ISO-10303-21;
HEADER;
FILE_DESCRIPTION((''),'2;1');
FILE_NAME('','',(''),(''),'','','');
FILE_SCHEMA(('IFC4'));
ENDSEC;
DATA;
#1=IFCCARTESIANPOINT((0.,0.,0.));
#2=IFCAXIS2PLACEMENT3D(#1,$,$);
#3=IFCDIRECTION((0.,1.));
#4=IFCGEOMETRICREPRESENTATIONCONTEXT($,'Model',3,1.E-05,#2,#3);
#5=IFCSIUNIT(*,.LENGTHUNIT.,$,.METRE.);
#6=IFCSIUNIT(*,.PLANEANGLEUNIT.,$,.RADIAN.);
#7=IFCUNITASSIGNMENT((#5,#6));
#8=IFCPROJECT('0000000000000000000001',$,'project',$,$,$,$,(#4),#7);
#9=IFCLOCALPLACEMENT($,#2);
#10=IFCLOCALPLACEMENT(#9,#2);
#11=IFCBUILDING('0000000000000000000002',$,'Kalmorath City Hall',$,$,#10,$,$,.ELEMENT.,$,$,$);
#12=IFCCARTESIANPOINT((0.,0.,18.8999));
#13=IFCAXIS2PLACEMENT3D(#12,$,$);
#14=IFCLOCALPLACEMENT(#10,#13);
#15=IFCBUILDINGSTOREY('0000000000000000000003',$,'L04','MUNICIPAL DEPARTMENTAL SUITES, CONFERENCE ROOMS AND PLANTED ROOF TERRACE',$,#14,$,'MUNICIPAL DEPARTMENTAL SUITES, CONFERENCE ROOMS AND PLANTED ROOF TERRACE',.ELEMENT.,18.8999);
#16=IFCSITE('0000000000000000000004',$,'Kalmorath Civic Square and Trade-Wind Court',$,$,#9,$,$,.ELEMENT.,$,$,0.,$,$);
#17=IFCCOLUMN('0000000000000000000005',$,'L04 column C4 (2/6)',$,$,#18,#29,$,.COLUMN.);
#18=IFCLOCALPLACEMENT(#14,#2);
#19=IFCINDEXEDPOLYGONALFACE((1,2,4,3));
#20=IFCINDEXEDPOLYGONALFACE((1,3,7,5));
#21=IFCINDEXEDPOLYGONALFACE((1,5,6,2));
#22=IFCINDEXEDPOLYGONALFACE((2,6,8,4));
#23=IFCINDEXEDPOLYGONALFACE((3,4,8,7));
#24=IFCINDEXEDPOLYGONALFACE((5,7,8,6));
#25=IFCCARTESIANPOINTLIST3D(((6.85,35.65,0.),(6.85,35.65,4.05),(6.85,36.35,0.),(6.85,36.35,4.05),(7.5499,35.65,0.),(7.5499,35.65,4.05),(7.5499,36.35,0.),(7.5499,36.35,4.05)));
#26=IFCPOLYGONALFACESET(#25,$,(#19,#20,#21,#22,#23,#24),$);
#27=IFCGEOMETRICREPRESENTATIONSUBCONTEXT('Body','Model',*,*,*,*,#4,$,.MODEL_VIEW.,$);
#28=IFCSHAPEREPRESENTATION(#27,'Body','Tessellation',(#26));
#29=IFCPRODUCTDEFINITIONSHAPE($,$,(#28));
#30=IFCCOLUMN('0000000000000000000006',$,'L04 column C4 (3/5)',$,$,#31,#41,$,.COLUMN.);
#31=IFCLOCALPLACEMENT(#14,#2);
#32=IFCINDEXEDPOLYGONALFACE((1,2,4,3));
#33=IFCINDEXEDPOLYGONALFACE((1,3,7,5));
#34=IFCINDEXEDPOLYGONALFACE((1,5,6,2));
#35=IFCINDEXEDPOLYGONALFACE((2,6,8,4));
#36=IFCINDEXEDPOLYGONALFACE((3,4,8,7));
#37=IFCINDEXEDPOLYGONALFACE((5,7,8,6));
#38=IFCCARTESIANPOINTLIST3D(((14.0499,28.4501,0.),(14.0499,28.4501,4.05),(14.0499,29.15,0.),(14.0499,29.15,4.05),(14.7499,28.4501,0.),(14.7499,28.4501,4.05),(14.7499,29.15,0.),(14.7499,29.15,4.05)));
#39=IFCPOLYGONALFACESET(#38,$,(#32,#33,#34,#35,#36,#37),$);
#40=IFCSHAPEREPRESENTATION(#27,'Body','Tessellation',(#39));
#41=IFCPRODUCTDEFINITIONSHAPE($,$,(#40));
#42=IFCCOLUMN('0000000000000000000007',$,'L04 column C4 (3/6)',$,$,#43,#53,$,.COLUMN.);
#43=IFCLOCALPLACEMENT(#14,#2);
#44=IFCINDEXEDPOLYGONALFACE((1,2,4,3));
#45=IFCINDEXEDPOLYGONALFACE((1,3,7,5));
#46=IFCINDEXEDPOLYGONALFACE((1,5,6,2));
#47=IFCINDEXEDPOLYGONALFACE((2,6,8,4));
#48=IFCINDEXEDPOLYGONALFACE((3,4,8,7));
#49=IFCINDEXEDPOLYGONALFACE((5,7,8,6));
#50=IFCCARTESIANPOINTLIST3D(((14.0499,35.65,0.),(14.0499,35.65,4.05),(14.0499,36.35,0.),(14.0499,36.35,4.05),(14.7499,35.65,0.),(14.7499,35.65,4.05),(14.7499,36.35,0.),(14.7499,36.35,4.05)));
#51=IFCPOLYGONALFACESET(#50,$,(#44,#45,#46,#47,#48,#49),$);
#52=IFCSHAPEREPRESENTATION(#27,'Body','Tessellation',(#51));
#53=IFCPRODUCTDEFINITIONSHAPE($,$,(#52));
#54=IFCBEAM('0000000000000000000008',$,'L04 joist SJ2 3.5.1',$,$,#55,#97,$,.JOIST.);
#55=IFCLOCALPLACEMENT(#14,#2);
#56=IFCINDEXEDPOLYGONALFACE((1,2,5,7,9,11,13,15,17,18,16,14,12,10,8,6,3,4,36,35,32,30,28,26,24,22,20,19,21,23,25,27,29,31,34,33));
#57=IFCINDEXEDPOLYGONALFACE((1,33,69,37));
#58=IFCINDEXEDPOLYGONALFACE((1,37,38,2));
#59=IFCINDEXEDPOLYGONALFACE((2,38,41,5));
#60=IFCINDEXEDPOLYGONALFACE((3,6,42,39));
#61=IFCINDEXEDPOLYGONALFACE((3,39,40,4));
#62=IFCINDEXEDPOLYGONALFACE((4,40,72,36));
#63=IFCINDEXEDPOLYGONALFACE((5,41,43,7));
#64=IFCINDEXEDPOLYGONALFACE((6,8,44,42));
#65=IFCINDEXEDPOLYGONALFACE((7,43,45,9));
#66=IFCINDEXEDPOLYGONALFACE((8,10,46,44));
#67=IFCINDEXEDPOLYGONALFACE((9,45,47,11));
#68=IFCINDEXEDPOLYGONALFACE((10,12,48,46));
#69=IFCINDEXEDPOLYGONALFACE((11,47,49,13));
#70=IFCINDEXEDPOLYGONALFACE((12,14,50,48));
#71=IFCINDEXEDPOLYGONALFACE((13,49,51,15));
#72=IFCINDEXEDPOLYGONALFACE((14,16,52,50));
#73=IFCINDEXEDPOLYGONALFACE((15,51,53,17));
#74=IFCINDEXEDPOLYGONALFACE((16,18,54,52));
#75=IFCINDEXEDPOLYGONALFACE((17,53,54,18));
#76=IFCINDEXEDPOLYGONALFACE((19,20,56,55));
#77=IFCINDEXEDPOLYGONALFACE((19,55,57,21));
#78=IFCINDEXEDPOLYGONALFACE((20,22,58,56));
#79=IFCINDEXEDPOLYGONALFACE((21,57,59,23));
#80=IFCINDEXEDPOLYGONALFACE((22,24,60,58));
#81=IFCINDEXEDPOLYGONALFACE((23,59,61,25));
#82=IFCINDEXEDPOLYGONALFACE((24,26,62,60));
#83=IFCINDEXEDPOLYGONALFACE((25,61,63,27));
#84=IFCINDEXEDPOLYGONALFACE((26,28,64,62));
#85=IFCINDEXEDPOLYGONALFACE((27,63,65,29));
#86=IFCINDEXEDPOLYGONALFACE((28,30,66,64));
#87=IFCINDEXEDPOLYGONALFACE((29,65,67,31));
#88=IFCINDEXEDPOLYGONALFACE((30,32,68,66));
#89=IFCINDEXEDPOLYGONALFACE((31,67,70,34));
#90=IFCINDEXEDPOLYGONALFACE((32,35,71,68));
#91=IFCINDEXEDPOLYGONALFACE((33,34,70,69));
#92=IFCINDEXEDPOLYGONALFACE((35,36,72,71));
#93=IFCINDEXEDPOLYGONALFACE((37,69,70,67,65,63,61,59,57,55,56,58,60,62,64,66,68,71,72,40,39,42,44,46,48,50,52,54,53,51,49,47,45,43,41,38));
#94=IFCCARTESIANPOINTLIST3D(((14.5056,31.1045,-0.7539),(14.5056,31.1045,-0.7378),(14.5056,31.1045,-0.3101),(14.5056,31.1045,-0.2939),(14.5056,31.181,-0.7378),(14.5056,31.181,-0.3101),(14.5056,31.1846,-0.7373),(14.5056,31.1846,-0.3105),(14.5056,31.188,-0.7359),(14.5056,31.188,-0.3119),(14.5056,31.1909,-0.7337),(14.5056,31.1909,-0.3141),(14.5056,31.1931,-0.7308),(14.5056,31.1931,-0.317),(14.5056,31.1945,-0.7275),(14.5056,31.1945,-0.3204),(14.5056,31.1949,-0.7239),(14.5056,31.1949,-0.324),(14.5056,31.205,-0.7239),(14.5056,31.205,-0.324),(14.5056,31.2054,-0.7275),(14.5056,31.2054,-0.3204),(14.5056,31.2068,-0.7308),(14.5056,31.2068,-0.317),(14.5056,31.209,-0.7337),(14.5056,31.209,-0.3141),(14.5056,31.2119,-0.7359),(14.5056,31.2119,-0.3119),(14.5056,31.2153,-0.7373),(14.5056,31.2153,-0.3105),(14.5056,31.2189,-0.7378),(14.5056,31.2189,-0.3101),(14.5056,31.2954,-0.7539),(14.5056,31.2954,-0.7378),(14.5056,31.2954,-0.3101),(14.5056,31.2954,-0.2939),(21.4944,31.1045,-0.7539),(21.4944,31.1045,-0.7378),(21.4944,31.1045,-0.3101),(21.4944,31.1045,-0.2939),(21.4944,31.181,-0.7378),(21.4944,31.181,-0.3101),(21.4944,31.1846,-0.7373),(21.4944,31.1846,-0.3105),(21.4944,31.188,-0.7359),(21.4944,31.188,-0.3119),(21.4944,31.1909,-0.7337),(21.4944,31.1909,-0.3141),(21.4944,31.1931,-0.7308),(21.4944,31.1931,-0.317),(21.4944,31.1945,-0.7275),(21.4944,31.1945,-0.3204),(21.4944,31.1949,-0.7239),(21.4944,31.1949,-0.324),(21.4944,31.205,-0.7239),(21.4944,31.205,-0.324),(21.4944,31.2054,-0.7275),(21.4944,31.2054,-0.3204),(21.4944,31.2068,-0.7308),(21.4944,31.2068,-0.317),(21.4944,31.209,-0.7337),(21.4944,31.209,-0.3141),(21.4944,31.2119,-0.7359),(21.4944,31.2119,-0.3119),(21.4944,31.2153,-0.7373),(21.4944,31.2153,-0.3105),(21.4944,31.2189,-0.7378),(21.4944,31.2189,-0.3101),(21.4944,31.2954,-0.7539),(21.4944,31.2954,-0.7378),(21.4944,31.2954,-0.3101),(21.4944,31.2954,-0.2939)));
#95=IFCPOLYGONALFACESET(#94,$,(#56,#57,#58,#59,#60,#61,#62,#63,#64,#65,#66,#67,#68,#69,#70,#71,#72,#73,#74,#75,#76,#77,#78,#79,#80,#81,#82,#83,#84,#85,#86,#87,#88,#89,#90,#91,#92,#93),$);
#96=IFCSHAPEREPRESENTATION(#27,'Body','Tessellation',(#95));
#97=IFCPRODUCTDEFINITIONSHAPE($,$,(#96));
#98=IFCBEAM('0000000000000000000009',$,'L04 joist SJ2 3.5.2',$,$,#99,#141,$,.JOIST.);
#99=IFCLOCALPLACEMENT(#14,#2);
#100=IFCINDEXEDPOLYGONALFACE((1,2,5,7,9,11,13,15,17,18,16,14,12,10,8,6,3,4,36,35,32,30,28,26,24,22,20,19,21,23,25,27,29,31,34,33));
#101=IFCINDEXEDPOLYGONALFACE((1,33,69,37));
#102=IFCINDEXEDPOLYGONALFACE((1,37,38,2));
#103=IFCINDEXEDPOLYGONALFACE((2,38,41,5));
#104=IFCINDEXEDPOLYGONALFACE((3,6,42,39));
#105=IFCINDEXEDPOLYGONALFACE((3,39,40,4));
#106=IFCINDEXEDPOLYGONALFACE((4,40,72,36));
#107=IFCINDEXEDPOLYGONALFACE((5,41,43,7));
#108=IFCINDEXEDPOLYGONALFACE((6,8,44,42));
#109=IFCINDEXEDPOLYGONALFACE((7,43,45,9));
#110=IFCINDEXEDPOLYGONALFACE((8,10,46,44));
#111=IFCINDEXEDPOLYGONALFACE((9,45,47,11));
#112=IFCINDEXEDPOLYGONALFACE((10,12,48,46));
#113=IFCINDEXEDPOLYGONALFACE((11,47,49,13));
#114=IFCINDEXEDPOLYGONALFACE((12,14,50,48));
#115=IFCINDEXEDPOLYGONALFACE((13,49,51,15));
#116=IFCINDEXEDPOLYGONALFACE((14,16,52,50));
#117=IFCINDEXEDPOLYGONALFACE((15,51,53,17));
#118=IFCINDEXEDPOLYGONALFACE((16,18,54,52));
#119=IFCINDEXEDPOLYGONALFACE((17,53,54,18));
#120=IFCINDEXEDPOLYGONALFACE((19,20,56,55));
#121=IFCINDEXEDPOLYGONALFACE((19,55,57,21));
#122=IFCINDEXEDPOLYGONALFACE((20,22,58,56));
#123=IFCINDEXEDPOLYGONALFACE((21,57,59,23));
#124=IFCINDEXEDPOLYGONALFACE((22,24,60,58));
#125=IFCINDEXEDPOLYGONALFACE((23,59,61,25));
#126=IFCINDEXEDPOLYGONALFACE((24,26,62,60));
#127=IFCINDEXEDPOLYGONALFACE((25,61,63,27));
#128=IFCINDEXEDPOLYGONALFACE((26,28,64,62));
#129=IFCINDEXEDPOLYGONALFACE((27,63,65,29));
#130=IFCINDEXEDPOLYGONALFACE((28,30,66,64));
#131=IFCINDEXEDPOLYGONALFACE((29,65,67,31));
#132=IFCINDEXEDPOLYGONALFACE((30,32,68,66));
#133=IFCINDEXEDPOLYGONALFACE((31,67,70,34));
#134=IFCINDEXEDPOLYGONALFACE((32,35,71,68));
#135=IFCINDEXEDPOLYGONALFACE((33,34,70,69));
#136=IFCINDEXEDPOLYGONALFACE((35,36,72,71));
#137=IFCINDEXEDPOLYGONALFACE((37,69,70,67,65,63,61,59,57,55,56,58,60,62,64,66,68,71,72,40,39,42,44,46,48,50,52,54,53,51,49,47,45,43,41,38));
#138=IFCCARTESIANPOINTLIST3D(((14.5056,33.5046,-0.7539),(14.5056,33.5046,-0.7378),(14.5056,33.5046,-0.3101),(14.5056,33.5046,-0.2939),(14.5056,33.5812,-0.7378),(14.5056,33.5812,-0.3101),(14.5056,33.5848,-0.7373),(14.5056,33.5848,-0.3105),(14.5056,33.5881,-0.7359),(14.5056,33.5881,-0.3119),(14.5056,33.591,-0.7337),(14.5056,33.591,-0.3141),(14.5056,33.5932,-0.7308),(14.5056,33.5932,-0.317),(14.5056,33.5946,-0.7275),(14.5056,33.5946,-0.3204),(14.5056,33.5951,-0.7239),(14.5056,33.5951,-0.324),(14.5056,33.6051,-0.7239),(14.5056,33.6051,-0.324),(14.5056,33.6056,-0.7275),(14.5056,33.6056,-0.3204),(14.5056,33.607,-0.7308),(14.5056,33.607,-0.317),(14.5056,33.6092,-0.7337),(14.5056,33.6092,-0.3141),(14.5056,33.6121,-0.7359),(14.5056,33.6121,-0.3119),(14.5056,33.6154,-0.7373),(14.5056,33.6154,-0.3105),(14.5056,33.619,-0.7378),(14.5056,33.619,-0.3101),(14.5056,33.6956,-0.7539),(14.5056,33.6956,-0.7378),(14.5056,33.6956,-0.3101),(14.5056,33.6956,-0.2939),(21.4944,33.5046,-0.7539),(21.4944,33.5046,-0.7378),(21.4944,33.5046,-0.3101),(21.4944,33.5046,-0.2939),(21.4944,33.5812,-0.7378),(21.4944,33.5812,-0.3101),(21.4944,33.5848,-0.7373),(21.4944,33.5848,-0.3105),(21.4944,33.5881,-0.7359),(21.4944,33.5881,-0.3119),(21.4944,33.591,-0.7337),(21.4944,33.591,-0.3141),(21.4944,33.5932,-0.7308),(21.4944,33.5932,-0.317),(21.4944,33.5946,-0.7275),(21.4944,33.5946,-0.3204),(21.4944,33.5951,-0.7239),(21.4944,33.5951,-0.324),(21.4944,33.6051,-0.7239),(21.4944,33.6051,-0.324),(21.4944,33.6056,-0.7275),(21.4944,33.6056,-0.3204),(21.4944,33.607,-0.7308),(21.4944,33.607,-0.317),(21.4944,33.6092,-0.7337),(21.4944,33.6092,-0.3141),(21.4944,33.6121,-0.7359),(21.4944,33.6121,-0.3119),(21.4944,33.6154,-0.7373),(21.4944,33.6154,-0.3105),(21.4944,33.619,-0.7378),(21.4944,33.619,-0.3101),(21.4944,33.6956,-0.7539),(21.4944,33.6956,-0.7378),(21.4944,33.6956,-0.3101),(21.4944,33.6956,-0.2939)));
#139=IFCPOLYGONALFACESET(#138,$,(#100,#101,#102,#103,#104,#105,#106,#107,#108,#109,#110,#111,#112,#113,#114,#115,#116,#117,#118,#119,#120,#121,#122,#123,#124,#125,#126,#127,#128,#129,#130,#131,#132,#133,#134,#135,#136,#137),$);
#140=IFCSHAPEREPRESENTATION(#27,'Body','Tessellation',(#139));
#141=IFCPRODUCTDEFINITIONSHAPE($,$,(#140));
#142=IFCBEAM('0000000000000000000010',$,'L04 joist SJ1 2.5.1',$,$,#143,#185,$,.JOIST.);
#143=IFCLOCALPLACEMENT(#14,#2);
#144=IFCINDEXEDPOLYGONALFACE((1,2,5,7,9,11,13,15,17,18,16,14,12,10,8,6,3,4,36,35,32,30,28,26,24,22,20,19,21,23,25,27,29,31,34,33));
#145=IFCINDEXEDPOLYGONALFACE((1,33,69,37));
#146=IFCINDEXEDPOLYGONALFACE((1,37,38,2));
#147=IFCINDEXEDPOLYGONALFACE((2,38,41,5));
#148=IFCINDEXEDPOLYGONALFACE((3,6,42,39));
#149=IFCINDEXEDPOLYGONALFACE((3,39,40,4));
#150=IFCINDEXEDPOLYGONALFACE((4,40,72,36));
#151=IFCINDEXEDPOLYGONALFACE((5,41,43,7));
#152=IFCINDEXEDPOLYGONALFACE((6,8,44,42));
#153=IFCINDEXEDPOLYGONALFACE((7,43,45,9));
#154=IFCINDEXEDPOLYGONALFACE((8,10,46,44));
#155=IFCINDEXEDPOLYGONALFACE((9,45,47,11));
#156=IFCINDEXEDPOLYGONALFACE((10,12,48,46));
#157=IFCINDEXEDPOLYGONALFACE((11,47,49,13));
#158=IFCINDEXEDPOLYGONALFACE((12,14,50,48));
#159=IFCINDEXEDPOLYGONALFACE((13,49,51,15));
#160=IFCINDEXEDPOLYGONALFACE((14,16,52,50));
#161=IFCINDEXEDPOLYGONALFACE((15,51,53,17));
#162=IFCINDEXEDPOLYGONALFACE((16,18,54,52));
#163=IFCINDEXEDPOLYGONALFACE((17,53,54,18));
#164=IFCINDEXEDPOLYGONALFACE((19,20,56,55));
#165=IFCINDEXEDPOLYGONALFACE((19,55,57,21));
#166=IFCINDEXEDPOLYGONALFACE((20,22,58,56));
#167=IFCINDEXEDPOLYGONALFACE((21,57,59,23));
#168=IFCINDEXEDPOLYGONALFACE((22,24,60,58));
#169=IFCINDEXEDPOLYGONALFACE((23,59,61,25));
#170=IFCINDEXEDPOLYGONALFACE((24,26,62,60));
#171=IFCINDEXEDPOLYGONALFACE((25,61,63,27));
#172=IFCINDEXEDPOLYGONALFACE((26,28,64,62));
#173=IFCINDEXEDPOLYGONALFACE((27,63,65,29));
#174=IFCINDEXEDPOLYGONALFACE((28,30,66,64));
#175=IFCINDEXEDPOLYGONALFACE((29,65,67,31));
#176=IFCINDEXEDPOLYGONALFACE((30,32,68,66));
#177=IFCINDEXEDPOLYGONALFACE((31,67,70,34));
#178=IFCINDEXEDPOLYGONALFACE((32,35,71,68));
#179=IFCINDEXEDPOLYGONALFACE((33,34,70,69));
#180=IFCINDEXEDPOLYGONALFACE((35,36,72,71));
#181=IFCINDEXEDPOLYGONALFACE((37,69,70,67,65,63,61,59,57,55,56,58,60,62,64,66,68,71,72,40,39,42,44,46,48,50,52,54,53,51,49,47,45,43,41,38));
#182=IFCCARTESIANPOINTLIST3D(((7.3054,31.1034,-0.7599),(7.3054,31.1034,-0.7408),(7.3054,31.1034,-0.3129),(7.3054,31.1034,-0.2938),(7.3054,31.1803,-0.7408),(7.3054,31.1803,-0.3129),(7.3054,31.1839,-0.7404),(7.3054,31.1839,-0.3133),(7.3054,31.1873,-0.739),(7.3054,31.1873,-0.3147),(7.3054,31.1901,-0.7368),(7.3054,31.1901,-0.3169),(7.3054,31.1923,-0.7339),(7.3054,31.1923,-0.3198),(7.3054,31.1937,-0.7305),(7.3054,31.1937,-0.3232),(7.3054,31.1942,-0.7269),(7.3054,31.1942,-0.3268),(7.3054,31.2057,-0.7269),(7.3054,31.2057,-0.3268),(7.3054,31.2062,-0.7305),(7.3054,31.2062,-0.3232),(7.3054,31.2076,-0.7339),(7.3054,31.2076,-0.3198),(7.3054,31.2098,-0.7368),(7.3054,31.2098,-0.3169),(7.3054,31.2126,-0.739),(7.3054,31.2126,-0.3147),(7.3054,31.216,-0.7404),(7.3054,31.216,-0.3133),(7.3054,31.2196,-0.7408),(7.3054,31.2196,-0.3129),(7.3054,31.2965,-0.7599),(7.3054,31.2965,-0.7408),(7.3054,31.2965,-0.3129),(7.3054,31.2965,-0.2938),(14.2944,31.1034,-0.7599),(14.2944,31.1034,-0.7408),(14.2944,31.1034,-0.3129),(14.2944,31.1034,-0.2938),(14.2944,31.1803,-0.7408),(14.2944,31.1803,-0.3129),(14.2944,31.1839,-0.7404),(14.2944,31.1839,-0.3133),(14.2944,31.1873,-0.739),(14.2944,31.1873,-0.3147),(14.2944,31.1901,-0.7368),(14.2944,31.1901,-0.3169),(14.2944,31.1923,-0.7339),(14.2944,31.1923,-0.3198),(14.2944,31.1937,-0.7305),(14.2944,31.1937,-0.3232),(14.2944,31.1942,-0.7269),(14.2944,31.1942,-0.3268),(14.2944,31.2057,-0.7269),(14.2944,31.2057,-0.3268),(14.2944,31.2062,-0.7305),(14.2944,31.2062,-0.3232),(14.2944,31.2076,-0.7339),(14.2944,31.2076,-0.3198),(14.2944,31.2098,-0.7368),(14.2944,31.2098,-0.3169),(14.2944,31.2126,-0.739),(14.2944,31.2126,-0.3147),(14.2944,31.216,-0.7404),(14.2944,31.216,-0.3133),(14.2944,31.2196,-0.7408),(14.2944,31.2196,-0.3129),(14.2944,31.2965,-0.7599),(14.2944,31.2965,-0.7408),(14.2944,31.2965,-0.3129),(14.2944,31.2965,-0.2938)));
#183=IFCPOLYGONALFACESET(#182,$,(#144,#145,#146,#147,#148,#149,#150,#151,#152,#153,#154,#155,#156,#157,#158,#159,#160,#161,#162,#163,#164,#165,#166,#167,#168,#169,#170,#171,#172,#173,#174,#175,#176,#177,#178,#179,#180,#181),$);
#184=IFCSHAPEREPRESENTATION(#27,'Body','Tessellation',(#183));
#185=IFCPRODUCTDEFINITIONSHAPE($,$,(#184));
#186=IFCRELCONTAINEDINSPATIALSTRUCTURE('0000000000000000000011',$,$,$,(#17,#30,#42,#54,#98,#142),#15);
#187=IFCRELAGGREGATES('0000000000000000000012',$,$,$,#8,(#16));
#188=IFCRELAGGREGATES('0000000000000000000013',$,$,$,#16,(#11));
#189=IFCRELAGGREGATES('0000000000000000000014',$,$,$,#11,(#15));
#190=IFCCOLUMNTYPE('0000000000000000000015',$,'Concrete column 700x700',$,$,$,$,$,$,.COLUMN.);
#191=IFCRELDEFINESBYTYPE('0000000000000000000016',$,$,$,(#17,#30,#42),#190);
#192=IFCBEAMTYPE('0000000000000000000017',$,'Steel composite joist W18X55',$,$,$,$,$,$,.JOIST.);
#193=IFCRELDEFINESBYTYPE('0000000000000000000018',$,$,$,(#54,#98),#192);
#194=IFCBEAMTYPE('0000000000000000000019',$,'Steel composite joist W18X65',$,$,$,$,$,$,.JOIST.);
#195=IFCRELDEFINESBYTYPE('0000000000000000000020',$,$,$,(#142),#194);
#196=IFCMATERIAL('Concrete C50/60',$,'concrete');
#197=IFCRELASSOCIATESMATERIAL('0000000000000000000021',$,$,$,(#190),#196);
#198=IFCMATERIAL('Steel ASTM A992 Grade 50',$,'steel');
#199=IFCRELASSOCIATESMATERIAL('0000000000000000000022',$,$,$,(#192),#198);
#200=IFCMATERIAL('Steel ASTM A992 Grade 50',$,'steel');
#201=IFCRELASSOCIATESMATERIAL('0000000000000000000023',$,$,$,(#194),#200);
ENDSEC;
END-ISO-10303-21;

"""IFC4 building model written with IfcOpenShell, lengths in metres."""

from ifc_helpers import new_model, si_unit, direction, frame, origin, origin_2d, place, context, subcontext, project, spatial, rectangle, i_section, extrude, material, material_profile, profile_set, type_object, element, save


model = new_model("IFC4")

# Units and contexts
model_context = context("Model", 3, precision=1e-05, world=origin(), true_north=direction((0.0, 1.0)))
body_context = subcontext(model_context, "Body", "Model", "MODEL_VIEW")
ifc_project = project(units=[si_unit("LENGTHUNIT", "METRE"), si_unit("PLANEANGLEUNIT", "RADIAN")], contexts=[model_context])

# Site, building, storey
site_placement = place(None, origin())
site = spatial("IfcSite", under=ifc_project, at=site_placement, Name="Kalmorath Civic Square and Trade-Wind Court", CompositionType="ELEMENT", RefElevation=0.0)
building_placement = place(site_placement, origin())
building = spatial("IfcBuilding", under=site, at=building_placement, Name="Kalmorath City Hall", CompositionType="ELEMENT")
storey_placement = place(building_placement, frame((0.0, 0.0, 18.8999)))
storey = spatial("IfcBuildingStorey", under=building, at=storey_placement, Name="L04", Description="MUNICIPAL DEPARTMENTAL SUITES, CONFERENCE ROOMS AND PLANTED ROOF TERRACE", LongName="MUNICIPAL DEPARTMENTAL SUITES, CONFERENCE ROOMS AND PLANTED ROOF TERRACE", CompositionType="ELEMENT", Elevation=18.8999)

# Columns
ifc_material_1 = material(Name="Concrete C50/60", Category="concrete")
ifc_material_profile_1 = material_profile(ifc_material_1, rectangle(XDim=0.7, YDim=0.7, at=origin_2d()), Name="RC-COL-700X700")
ifc_profile_set_1 = profile_set([ifc_material_profile_1], Name="Concrete C50/60")
column_type = type_object("IfcColumnType", Name="Concrete column 700x700", PredefinedType="COLUMN", material=ifc_profile_set_1)
for number, where, z_axis, x_axis, name in (
    (1, (7.2, 36.0, 0.0), (0.0, 0.0, 1.0), (1.0, 0.0, 0.0), "L04 column C4 (2/6)"),
    (2, (14.3999, 28.8, 0.0), (0.0, 0.0, 1.0), (1.0, 0.0, 0.0), "L04 column C4 (3/5)"),
    (3, (14.3999, 36.0, 0.0), (0.0, 0.0, 1.0), (1.0, 0.0, 0.0), "L04 column C4 (3/6)"),
):
    element("IfcColumn", number, at=place(storey_placement, frame(where, z_axis=z_axis, x_axis=x_axis)), inside=storey, type_object=column_type, Name=name, PredefinedType="COLUMN", context=body_context, shape_type="SweptSolid", body=[
        extrude(rectangle(XDim=0.7, YDim=0.7, at=origin_2d()), origin(), (0.0, 0.0, 1.0), 4.05),
    ])

# Beams
ifc_material_2 = material(Name="Steel ASTM A992 Grade 50", Category="steel")
ifc_material_profile_2 = material_profile(ifc_material_2, i_section(OverallWidth=0.1909, OverallDepth=0.46, WebThickness=0.01, FlangeThickness=0.0161, FilletRadius=0.0139, at=origin_2d()), Name="W18X55")
ifc_profile_set_2 = profile_set([ifc_material_profile_2], Name="Steel ASTM A992 Grade 50")
beam_type_1 = type_object("IfcBeamType", Name="Steel composite joist W18X55", PredefinedType="JOIST", material=ifc_profile_set_2)
for number, where, z_axis, x_axis, name in (
    (4, (14.5056, 31.2, -0.5239), (1.0, 0.0, 0.0), (0.0, 1.0, 0.0), "L04 joist SJ2 3.5.1"),
    (5, (14.5056, 33.6001, -0.5239), (1.0, 0.0, 0.0), (0.0, 1.0, 0.0), "L04 joist SJ2 3.5.2"),
):
    element("IfcBeam", number, at=place(storey_placement, frame(where, z_axis=z_axis, x_axis=x_axis)), inside=storey, type_object=beam_type_1, Name=name, PredefinedType="JOIST", context=body_context, shape_type="SweptSolid", body=[
        extrude(i_section(OverallWidth=0.1909, OverallDepth=0.46, WebThickness=0.01, FlangeThickness=0.0161, FilletRadius=0.0139, at=origin_2d()), origin(), (0.0, 0.0, 1.0), 6.9888),
    ])
ifc_material_3 = material(Name="Steel ASTM A992 Grade 50", Category="steel")
ifc_material_profile_3 = material_profile(ifc_material_3, i_section(OverallWidth=0.1931, OverallDepth=0.4661, WebThickness=0.0115, FlangeThickness=0.019, FilletRadius=0.0139, at=origin_2d()), Name="W18X65")
ifc_profile_set_3 = profile_set([ifc_material_profile_3], Name="Steel ASTM A992 Grade 50")
beam_type_2 = type_object("IfcBeamType", Name="Steel composite joist W18X65", PredefinedType="JOIST", material=ifc_profile_set_3)
for number, where, z_axis, x_axis, name in (
    (6, (7.3054, 31.2, -0.5269), (1.0, 0.0, 0.0), (0.0, 1.0, 0.0), "L04 joist SJ1 2.5.1"),
):
    element("IfcBeam", number, at=place(storey_placement, frame(where, z_axis=z_axis, x_axis=x_axis)), inside=storey, type_object=beam_type_2, Name=name, PredefinedType="JOIST", context=body_context, shape_type="SweptSolid", body=[
        extrude(i_section(OverallWidth=0.1931, OverallDepth=0.4661, WebThickness=0.0115, FlangeThickness=0.019, FilletRadius=0.0139, at=origin_2d()), origin(), (0.0, 0.0, 1.0), 6.989),
    ])

save(model, "model.ifc")
